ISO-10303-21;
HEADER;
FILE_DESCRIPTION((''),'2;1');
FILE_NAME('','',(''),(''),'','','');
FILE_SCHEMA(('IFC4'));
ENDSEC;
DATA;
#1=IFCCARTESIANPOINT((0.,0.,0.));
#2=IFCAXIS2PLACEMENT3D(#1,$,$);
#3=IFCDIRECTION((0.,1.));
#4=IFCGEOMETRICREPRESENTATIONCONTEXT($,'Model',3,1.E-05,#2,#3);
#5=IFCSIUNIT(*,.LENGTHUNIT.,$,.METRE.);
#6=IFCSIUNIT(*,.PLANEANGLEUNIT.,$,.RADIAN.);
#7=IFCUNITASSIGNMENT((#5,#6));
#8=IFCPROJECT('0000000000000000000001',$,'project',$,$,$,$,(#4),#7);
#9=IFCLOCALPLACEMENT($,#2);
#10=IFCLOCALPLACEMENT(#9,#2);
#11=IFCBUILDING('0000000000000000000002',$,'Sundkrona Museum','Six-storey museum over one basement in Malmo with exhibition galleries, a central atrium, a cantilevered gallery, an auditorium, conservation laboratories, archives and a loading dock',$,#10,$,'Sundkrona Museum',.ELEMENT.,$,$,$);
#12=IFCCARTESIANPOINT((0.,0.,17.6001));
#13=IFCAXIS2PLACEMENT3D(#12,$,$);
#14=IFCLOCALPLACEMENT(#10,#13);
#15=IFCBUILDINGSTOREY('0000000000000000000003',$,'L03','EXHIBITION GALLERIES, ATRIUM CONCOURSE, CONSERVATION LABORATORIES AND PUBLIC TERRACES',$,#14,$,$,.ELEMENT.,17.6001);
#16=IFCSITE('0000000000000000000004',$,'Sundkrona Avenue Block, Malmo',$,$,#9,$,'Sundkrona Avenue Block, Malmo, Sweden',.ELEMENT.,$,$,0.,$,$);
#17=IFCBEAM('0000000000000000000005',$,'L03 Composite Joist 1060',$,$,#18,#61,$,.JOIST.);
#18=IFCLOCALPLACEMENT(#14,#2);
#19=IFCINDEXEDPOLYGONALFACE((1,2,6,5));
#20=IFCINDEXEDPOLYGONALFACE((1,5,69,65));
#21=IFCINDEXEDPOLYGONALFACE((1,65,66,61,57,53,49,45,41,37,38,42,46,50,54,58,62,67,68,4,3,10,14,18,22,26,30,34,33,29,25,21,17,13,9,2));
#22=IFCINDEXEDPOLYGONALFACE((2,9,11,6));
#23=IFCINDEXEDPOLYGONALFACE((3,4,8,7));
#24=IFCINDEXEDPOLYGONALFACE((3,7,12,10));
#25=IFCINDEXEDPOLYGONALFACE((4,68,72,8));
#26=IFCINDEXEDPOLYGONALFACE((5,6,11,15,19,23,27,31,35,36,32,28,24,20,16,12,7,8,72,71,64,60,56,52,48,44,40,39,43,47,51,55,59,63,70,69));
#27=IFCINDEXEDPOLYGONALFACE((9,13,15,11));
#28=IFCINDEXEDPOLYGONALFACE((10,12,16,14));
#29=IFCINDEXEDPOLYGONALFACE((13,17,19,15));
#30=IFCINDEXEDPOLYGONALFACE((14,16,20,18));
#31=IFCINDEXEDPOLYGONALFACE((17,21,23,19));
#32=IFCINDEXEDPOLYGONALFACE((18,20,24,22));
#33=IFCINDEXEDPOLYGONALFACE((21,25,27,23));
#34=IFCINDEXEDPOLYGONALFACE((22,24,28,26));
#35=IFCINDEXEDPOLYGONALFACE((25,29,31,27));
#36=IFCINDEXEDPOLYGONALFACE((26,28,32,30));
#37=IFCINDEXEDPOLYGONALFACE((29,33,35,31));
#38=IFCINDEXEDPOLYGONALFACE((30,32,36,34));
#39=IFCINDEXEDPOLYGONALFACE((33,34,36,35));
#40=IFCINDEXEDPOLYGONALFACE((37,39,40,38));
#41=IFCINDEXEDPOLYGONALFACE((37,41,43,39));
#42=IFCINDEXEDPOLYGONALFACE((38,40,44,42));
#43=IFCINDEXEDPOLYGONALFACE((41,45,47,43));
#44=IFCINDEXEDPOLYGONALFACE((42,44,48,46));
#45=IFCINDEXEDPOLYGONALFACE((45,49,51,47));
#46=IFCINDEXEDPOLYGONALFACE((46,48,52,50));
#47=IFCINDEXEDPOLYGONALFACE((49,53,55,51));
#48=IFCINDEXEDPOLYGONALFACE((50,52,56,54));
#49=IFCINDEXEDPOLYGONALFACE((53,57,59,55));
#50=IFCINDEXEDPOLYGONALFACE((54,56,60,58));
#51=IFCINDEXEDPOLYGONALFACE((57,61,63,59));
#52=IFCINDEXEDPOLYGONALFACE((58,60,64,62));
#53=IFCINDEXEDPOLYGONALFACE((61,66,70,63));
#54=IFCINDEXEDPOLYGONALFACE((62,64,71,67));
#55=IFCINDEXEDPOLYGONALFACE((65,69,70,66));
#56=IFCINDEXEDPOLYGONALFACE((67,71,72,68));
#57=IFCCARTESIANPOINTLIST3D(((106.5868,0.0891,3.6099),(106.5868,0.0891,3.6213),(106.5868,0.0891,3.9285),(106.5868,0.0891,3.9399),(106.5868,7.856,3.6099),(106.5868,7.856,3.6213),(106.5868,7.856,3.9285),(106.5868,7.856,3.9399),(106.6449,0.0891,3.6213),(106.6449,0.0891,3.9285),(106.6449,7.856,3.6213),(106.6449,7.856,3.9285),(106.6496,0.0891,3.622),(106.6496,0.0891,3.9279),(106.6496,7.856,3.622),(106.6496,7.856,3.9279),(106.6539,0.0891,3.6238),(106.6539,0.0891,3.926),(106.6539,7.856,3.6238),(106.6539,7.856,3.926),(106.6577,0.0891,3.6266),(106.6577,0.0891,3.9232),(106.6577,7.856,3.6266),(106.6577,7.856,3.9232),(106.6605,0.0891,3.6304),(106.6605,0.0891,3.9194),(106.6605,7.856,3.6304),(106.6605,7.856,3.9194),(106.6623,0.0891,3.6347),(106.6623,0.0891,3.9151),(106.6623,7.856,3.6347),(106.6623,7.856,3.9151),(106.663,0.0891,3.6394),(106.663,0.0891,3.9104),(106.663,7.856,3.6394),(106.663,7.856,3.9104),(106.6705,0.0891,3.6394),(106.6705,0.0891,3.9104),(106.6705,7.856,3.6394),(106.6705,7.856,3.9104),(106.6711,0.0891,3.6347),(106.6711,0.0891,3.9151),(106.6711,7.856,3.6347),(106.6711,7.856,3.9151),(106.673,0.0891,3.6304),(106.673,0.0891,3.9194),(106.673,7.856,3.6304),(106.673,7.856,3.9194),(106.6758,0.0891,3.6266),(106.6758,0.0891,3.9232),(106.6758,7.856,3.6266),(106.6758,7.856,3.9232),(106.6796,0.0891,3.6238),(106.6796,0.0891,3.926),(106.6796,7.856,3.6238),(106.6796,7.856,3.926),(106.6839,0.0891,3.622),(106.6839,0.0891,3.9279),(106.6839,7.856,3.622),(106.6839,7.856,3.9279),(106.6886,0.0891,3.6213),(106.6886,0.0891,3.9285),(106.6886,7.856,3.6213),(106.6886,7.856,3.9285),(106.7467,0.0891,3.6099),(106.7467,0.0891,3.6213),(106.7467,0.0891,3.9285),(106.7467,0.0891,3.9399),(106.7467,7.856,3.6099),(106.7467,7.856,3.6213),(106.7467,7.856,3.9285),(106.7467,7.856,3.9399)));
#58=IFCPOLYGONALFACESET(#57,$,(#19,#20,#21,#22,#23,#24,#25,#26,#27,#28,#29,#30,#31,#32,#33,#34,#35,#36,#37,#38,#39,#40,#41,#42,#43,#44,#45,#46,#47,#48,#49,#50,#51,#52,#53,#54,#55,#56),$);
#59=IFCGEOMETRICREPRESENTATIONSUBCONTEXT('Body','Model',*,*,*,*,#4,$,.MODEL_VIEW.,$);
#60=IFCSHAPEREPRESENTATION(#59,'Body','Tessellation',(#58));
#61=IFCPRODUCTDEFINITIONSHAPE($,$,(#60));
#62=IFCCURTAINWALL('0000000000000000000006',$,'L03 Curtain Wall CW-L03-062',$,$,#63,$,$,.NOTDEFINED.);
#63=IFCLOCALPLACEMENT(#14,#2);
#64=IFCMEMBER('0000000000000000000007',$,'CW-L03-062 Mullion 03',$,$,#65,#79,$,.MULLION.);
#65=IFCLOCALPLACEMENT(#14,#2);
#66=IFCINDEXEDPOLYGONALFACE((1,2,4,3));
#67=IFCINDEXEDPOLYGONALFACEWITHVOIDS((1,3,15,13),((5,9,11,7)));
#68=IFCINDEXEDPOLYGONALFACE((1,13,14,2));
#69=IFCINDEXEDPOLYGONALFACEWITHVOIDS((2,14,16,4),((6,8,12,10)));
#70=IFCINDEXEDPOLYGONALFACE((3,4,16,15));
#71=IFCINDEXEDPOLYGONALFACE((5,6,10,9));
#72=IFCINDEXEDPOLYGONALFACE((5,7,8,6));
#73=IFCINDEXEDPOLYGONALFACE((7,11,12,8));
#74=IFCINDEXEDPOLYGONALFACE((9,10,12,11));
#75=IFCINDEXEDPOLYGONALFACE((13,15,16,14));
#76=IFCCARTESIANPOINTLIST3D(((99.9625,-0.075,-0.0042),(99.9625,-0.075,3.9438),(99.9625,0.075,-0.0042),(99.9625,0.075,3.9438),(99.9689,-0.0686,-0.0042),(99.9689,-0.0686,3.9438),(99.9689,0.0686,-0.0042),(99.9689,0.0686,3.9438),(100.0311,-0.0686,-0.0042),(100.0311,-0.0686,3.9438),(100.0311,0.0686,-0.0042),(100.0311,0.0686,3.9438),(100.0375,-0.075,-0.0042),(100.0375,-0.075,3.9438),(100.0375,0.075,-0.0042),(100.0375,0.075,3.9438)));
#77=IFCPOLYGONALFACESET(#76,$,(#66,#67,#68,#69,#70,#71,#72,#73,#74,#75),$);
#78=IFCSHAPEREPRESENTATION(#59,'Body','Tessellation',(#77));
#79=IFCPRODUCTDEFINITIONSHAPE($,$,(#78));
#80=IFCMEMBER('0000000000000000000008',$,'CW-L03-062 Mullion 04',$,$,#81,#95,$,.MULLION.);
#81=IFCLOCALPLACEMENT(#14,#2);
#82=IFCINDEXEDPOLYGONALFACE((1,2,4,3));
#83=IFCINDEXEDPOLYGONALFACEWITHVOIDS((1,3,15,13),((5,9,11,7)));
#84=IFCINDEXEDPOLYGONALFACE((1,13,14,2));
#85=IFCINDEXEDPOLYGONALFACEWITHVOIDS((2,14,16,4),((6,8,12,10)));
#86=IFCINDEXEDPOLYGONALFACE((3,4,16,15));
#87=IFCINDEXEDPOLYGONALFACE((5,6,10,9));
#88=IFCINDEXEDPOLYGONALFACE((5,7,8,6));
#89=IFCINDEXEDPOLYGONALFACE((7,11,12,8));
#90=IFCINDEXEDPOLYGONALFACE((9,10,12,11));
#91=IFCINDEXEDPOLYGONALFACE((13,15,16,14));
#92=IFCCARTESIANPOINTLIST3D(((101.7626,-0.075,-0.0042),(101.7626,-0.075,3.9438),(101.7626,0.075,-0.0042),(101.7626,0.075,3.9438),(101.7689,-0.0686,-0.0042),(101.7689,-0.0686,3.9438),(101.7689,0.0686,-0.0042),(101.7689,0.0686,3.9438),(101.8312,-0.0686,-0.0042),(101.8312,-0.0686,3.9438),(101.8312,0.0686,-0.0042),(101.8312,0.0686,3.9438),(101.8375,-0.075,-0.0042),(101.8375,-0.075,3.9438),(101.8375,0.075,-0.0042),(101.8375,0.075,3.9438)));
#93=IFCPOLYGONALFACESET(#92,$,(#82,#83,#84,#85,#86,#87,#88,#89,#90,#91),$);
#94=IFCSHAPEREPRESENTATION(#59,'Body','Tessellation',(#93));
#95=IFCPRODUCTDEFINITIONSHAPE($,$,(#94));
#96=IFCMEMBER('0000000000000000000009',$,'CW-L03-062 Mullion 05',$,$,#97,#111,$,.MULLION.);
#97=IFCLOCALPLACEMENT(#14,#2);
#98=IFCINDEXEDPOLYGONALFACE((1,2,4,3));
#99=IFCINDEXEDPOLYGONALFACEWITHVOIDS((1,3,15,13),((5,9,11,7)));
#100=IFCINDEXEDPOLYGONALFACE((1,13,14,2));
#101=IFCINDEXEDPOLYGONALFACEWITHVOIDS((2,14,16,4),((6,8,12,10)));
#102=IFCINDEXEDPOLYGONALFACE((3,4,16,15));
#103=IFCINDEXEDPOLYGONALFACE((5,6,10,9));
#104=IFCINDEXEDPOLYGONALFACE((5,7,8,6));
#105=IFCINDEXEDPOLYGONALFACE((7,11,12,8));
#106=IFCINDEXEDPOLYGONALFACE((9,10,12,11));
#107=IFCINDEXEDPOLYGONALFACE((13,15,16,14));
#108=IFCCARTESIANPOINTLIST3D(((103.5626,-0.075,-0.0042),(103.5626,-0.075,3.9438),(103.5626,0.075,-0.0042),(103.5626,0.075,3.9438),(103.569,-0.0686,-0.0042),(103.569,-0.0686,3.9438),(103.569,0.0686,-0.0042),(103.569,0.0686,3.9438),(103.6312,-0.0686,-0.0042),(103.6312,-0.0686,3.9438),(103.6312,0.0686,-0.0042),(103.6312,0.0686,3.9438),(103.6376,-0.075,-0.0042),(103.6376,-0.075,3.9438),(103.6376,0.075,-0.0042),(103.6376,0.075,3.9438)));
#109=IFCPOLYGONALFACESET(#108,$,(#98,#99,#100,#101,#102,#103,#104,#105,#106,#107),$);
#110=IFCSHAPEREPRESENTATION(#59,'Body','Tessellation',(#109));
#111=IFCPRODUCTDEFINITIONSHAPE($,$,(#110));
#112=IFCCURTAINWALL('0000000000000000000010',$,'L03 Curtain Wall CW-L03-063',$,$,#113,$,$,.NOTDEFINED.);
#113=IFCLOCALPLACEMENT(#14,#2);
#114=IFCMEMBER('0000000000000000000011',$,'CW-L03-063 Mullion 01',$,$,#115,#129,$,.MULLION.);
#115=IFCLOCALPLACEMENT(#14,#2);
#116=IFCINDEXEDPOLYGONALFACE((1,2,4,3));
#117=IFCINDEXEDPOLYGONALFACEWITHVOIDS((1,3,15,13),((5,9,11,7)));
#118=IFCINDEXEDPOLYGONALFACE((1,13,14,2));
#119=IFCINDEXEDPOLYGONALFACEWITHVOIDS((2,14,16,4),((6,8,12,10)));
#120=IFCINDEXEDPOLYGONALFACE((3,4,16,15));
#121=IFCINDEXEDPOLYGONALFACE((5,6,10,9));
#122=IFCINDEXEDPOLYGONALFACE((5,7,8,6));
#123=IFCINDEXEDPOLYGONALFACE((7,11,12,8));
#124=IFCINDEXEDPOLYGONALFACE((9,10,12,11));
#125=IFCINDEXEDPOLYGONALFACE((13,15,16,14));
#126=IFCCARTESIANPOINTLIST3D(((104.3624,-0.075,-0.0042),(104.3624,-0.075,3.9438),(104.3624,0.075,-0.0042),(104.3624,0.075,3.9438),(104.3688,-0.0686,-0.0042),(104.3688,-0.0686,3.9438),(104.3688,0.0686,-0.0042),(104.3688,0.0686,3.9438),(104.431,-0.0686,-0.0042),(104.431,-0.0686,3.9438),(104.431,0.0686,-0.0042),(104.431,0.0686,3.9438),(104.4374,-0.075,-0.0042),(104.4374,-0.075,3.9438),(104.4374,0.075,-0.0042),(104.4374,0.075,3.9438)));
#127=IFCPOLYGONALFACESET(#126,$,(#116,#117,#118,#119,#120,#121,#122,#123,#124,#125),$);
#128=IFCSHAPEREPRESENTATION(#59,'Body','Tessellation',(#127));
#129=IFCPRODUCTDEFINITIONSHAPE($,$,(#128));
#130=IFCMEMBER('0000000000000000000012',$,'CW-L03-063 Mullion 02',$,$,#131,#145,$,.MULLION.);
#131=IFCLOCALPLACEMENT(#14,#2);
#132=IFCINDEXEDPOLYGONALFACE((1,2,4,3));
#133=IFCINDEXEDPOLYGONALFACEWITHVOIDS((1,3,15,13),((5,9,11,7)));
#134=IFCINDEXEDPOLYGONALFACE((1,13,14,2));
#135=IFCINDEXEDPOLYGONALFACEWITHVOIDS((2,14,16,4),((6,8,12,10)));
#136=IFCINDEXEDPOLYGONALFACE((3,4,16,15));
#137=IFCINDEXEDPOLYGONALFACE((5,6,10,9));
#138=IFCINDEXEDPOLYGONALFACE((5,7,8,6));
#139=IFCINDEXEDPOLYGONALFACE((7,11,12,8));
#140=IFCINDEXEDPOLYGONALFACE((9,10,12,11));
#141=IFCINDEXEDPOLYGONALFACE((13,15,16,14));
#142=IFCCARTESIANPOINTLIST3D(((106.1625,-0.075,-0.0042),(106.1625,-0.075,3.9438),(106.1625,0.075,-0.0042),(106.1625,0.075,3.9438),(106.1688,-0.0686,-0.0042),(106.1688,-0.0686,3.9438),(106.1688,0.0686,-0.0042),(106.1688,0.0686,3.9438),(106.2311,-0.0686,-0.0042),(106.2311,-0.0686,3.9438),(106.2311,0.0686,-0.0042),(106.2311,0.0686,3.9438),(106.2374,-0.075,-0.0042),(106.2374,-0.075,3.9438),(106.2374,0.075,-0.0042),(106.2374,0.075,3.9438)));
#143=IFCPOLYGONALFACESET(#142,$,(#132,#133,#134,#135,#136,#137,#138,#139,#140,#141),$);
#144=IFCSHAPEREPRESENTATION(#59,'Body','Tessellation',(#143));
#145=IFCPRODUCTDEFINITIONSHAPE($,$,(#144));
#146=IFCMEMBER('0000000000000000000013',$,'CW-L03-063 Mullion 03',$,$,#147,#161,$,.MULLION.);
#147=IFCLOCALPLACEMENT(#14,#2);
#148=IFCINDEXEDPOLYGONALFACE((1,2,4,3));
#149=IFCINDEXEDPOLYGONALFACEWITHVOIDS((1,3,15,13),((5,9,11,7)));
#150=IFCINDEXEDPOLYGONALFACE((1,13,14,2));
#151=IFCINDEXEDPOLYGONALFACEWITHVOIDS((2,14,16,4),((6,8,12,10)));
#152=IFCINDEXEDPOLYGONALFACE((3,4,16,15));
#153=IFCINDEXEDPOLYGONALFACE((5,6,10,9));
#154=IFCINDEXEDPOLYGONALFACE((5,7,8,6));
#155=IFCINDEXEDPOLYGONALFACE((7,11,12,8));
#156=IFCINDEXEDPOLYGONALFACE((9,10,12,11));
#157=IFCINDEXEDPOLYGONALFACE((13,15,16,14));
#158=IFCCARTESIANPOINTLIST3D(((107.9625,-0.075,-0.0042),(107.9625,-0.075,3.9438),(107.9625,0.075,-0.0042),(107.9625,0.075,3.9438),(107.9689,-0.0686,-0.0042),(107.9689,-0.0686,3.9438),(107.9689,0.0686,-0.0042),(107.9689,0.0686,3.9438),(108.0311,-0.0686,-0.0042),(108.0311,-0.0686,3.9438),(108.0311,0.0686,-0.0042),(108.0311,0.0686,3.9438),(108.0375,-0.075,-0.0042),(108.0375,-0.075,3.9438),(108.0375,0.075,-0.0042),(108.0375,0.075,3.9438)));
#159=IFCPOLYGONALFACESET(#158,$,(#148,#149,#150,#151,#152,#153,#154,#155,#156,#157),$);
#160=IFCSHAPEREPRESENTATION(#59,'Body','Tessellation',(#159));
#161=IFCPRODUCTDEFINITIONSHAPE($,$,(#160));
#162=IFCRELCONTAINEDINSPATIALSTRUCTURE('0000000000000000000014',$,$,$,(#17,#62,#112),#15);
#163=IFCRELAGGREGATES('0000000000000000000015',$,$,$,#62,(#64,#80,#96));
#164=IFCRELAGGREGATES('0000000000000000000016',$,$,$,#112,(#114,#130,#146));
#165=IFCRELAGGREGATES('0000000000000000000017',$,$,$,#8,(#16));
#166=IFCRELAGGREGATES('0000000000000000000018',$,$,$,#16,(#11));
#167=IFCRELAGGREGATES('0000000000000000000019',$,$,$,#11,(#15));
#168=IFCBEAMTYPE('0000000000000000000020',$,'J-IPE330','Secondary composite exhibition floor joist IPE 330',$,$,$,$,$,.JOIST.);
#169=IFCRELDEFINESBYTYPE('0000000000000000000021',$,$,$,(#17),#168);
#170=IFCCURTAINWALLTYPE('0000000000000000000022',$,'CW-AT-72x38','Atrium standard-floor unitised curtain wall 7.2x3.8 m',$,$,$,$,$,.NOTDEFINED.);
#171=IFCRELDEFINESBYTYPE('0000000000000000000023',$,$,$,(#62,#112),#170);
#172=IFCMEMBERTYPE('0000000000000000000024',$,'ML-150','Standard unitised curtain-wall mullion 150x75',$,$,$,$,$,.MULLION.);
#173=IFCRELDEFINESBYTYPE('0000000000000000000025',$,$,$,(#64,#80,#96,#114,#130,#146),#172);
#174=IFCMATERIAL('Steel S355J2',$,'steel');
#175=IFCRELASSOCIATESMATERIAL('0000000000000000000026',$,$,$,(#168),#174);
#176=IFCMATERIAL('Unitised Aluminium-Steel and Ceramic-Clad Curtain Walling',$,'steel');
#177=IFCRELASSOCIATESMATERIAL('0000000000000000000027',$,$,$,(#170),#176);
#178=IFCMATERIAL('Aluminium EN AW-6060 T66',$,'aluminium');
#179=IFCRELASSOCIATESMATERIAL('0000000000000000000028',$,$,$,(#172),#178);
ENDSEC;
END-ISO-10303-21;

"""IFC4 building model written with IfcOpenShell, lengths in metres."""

from ifc_helpers import new_model, si_unit, direction, frame, origin, origin_2d, place, context, subcontext, project, spatial, hollow_rectangle, i_section, extrude, material, material_profile, profile_set, type_object, element, aggregate, save


model = new_model("IFC4")

# Units and contexts
model_context = context("Model", 3, precision=1e-05, world=origin(), true_north=direction((0.0, 1.0)))
body_context = subcontext(model_context, "Body", "Model", "MODEL_VIEW")
ifc_project = project(units=[si_unit("LENGTHUNIT", "METRE"), si_unit("PLANEANGLEUNIT", "RADIAN")], contexts=[model_context])

# Site, building, storey
site_placement = place(None, origin())
site = spatial("IfcSite", under=ifc_project, at=site_placement, Name="Sundkrona Avenue Block, Malmo", LongName="Sundkrona Avenue Block, Malmo, Sweden", CompositionType="ELEMENT", RefElevation=0.0)
building_placement = place(site_placement, origin())
building = spatial("IfcBuilding", under=site, at=building_placement, Name="Sundkrona Museum", Description="Six-storey museum over one basement in Malmo with exhibition galleries, a central atrium, a cantilevered gallery, an auditorium, conservation laboratories, archives and a loading dock", LongName="Sundkrona Museum", CompositionType="ELEMENT")
storey_placement = place(building_placement, frame((0.0, 0.0, 17.6001)))
storey = spatial("IfcBuildingStorey", under=building, at=storey_placement, Name="L03", Description="EXHIBITION GALLERIES, ATRIUM CONCOURSE, CONSERVATION LABORATORIES AND PUBLIC TERRACES", CompositionType="ELEMENT", Elevation=17.6001)

# Shared definitions
ifc_material_1 = material(Name="Steel S355J2", Category="steel")

# Beam
ifc_material_profile_1 = material_profile(ifc_material_1, i_section(OverallWidth=0.1599, OverallDepth=0.3301, WebThickness=0.0076, FlangeThickness=0.0115, FilletRadius=0.0181, at=origin_2d()), Name="IPE 330")
ifc_profile_set_1 = profile_set([ifc_material_profile_1], Name="Steel S355J2")
beam_type_1 = type_object("IfcBeamType", Name="J-IPE330", Description="Secondary composite exhibition floor joist IPE 330", PredefinedType="JOIST", material=ifc_profile_set_1)
beam_1_placement = place(storey_placement, frame((106.6667, 0.0891, 3.7749), z_axis=(0.0, 1.0, 0.0), x_axis=(-1.0, 0.0, 0.0)))
element("IfcBeam", 1, at=beam_1_placement, inside=storey, type_object=beam_type_1, Name="L03 Composite Joist 1060", PredefinedType="JOIST", context=body_context, shape_type="SweptSolid", body=[
    extrude(i_section(OverallWidth=0.1599, OverallDepth=0.3301, WebThickness=0.0076, FlangeThickness=0.0115, FilletRadius=0.0181, at=origin_2d()), origin(), (0.0, 0.0, 1.0), 7.7668),
])

# Curtain walls, members
ifc_material_2 = material(Name="Unitised Aluminium-Steel and Ceramic-Clad Curtain Walling", Category="steel")
curtain_wall_type = type_object("IfcCurtainWallType", Name="CW-AT-72x38", Description="Atrium standard-floor unitised curtain wall 7.2x3.8 m", PredefinedType="NOTDEFINED", material=ifc_material_2)
curtain_wall_1_placement = place(storey_placement, origin())
curtain_wall_1 = element("IfcCurtainWall", 2, at=curtain_wall_1_placement, inside=storey, type_object=curtain_wall_type, Name="L03 Curtain Wall CW-L03-062", PredefinedType="NOTDEFINED")
ifc_material_3 = material(Name="Aluminium EN AW-6060 T66", Category="aluminium")
ifc_material_profile_2 = material_profile(ifc_material_3, hollow_rectangle(XDim=0.075, YDim=0.1499, WallThickness=0.0063, at=origin_2d()), Name="RHS 150x75x6.3")
ifc_profile_set_2 = profile_set([ifc_material_profile_2], Name="Aluminium EN AW-6060 T66")
member_type_1 = type_object("IfcMemberType", Name="ML-150", Description="Standard unitised curtain-wall mullion 150x75", PredefinedType="MULLION", material=ifc_profile_set_2)
member_1_placement = place(storey_placement, frame((100.0, 0.0, -0.0042), z_axis=(0.0, 0.0, 1.0), x_axis=(1.0, 0.0, 0.0)))
member_1 = element("IfcMember", 3, at=member_1_placement, type_object=member_type_1, Name="CW-L03-062 Mullion 03", PredefinedType="MULLION", context=body_context, shape_type="SweptSolid", body=[
    extrude(hollow_rectangle(XDim=0.075, YDim=0.1499, WallThickness=0.0063, at=origin_2d()), origin(), (0.0, 0.0, 1.0), 3.948),
])
member_2_placement = place(storey_placement, frame((101.8, 0.0, -0.0042), z_axis=(0.0, 0.0, 1.0), x_axis=(1.0, 0.0, 0.0)))
member_2 = element("IfcMember", 4, at=member_2_placement, type_object=member_type_1, Name="CW-L03-062 Mullion 04", PredefinedType="MULLION", context=body_context, shape_type="SweptSolid", body=[
    extrude(hollow_rectangle(XDim=0.075, YDim=0.1499, WallThickness=0.0063, at=origin_2d()), origin(), (0.0, 0.0, 1.0), 3.948),
])
member_3_placement = place(storey_placement, frame((103.6001, 0.0, -0.0042), z_axis=(0.0, 0.0, 1.0), x_axis=(1.0, 0.0, 0.0)))
member_3 = element("IfcMember", 5, at=member_3_placement, type_object=member_type_1, Name="CW-L03-062 Mullion 05", PredefinedType="MULLION", context=body_context, shape_type="SweptSolid", body=[
    extrude(hollow_rectangle(XDim=0.075, YDim=0.1499, WallThickness=0.0063, at=origin_2d()), origin(), (0.0, 0.0, 1.0), 3.948),
])
curtain_wall_2_placement = place(storey_placement, origin())
curtain_wall_2 = element("IfcCurtainWall", 6, at=curtain_wall_2_placement, inside=storey, type_object=curtain_wall_type, Name="L03 Curtain Wall CW-L03-063", PredefinedType="NOTDEFINED")
member_4_placement = place(storey_placement, frame((104.3999, 0.0, -0.0042), z_axis=(0.0, 0.0, 1.0), x_axis=(1.0, 0.0, 0.0)))
member_4 = element("IfcMember", 7, at=member_4_placement, type_object=member_type_1, Name="CW-L03-063 Mullion 01", PredefinedType="MULLION", context=body_context, shape_type="SweptSolid", body=[
    extrude(hollow_rectangle(XDim=0.075, YDim=0.1499, WallThickness=0.0063, at=origin_2d()), origin(), (0.0, 0.0, 1.0), 3.948),
])
member_5_placement = place(storey_placement, frame((106.2, 0.0, -0.0042), z_axis=(0.0, 0.0, 1.0), x_axis=(1.0, 0.0, 0.0)))
member_5 = element("IfcMember", 8, at=member_5_placement, type_object=member_type_1, Name="CW-L03-063 Mullion 02", PredefinedType="MULLION", context=body_context, shape_type="SweptSolid", body=[
    extrude(hollow_rectangle(XDim=0.075, YDim=0.1499, WallThickness=0.0063, at=origin_2d()), origin(), (0.0, 0.0, 1.0), 3.948),
])
member_6_placement = place(storey_placement, frame((108.0, 0.0, -0.0042), z_axis=(0.0, 0.0, 1.0), x_axis=(1.0, 0.0, 0.0)))
member_6 = element("IfcMember", 9, at=member_6_placement, type_object=member_type_1, Name="CW-L03-063 Mullion 03", PredefinedType="MULLION", context=body_context, shape_type="SweptSolid", body=[
    extrude(hollow_rectangle(XDim=0.075, YDim=0.1499, WallThickness=0.0063, at=origin_2d()), origin(), (0.0, 0.0, 1.0), 3.948),
])

aggregate(curtain_wall_1, [member_1, member_2, member_3])
aggregate(curtain_wall_2, [member_4, member_5, member_6])

save(model, "model.ifc")
